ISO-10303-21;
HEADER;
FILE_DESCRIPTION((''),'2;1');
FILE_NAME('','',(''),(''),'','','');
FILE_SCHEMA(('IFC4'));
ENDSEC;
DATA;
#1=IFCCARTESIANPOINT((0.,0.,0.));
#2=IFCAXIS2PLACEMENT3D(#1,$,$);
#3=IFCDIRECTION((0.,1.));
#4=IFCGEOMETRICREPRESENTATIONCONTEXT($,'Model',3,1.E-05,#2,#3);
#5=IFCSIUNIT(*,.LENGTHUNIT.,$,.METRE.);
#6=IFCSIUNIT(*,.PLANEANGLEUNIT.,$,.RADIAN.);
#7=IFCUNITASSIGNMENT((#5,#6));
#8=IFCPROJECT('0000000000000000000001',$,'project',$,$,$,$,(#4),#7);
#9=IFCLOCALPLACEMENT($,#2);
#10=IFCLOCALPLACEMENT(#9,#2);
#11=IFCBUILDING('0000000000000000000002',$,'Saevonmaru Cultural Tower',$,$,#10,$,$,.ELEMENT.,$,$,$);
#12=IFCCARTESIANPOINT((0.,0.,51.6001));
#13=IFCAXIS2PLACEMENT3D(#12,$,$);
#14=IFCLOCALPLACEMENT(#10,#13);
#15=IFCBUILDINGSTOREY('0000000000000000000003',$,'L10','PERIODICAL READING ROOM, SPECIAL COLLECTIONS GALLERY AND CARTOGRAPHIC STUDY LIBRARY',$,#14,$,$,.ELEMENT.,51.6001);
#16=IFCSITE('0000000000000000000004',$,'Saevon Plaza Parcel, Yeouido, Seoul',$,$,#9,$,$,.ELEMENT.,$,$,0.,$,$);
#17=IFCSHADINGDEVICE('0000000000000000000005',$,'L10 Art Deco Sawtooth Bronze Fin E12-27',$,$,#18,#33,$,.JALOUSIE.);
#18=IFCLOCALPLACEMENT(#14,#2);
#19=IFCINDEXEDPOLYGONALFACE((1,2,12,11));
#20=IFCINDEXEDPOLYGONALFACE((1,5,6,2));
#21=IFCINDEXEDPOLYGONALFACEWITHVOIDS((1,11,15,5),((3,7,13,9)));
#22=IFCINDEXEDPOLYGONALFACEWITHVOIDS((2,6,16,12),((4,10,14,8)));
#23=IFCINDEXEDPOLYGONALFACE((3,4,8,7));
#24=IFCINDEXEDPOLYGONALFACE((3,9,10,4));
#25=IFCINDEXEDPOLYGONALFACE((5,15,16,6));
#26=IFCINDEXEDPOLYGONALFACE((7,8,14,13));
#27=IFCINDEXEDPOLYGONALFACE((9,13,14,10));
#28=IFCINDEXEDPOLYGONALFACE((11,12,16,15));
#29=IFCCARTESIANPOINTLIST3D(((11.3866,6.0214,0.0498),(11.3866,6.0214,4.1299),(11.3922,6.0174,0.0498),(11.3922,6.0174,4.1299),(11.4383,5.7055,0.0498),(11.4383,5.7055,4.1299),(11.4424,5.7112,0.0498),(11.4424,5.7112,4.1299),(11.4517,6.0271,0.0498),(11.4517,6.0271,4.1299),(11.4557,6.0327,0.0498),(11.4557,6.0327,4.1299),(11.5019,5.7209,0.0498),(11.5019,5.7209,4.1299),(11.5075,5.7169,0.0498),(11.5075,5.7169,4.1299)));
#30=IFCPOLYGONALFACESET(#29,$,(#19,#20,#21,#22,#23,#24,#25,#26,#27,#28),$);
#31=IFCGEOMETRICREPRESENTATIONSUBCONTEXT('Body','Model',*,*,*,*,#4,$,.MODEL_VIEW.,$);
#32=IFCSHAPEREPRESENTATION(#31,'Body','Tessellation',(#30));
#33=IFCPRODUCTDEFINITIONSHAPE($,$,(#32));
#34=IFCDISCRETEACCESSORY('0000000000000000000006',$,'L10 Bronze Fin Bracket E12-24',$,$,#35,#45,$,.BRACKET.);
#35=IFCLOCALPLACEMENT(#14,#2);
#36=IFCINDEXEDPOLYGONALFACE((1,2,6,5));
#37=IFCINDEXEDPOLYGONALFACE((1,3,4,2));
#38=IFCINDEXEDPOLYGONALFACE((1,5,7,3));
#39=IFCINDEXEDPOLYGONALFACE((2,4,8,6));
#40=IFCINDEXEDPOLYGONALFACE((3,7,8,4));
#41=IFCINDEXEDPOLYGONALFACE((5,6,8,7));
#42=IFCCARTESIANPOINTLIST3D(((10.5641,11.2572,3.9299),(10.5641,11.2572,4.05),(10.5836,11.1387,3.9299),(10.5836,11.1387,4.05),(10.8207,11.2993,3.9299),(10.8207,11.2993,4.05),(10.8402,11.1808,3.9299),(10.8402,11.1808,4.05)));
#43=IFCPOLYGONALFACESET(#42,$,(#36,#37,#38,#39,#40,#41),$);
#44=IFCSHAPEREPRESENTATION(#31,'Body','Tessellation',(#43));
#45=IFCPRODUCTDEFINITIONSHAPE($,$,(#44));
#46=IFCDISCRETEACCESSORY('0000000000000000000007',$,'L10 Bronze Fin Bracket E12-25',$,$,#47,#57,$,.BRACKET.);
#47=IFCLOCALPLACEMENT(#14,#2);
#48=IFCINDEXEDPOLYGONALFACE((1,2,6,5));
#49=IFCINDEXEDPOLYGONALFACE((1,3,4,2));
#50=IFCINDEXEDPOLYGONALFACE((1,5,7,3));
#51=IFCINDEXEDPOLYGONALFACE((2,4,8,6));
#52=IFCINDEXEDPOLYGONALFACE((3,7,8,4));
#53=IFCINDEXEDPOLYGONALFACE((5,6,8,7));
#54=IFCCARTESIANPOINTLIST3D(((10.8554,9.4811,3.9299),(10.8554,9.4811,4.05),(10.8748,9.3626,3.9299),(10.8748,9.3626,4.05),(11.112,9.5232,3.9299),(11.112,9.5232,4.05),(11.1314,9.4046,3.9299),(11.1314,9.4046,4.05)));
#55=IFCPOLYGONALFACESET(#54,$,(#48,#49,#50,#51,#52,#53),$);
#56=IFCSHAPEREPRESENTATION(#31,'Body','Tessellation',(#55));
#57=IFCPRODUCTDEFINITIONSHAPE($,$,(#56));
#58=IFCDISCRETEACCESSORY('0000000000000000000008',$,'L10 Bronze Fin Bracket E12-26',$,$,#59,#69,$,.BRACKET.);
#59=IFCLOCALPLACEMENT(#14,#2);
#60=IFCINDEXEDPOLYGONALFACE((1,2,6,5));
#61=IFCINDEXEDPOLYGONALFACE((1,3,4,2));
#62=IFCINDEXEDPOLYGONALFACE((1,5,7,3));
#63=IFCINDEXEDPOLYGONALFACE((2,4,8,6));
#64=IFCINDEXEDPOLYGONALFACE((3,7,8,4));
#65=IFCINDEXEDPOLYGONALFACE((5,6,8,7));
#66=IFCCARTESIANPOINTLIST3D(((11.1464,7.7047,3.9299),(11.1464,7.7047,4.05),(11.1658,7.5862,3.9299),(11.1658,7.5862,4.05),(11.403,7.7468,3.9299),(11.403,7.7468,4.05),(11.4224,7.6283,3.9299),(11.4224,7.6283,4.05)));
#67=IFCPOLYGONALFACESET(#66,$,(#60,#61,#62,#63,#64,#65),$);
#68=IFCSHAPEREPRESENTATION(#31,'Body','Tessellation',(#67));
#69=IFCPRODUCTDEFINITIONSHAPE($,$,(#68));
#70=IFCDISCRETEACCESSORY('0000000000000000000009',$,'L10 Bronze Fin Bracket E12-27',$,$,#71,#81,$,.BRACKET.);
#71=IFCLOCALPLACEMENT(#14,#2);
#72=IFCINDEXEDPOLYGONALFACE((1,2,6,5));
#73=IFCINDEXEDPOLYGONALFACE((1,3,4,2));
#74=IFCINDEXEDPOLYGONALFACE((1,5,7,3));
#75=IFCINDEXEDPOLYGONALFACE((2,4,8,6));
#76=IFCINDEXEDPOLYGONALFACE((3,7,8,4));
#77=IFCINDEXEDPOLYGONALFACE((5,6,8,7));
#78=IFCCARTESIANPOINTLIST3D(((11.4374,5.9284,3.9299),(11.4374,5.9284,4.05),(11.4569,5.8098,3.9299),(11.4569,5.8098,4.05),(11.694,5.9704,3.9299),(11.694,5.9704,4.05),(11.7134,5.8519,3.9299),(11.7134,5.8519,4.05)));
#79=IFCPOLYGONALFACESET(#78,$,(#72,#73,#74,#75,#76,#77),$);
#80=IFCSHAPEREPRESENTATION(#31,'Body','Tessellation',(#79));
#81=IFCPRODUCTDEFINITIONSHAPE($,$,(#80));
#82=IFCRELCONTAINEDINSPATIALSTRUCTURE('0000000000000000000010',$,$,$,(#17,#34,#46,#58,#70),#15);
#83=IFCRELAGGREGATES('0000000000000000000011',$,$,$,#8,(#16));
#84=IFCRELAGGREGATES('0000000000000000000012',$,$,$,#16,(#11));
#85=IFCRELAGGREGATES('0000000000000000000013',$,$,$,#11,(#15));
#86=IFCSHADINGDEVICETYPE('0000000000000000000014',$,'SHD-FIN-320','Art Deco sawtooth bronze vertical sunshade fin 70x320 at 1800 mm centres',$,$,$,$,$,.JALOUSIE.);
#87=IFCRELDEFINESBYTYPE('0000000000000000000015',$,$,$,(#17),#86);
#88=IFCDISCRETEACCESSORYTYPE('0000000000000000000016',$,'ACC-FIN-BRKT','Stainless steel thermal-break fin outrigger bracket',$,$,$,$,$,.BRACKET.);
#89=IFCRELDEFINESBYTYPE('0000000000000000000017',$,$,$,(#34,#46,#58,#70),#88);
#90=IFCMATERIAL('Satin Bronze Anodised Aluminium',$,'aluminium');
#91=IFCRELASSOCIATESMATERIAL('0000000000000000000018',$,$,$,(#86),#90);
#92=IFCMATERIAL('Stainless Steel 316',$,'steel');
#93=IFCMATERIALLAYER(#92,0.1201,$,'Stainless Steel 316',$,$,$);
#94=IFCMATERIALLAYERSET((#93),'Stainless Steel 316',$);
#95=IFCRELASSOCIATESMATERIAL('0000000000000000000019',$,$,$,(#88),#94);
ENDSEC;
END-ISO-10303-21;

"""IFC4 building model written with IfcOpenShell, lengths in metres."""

from ifc_helpers import new_model, si_unit, direction, frame, origin, origin_2d, place, context, subcontext, project, spatial, rectangle, hollow_rectangle, extrude, material, layer, layer_set, material_profile, profile_set, type_object, element, save


model = new_model("IFC4")

# Units and contexts
model_context = context("Model", 3, precision=1e-05, world=origin(), true_north=direction((0.0, 1.0)))
body_context = subcontext(model_context, "Body", "Model", "MODEL_VIEW")
ifc_project = project(units=[si_unit("LENGTHUNIT", "METRE"), si_unit("PLANEANGLEUNIT", "RADIAN")], contexts=[model_context])

# Site, building, storey
site_placement = place(None, origin())
site = spatial("IfcSite", under=ifc_project, at=site_placement, Name="Saevon Plaza Parcel, Yeouido, Seoul", CompositionType="ELEMENT", RefElevation=0.0)
building_placement = place(site_placement, origin())
building = spatial("IfcBuilding", under=site, at=building_placement, Name="Saevonmaru Cultural Tower", CompositionType="ELEMENT")
storey_placement = place(building_placement, frame((0.0, 0.0, 51.6001)))
storey = spatial("IfcBuildingStorey", under=building, at=storey_placement, Name="L10", Description="PERIODICAL READING ROOM, SPECIAL COLLECTIONS GALLERY AND CARTOGRAPHIC STUDY LIBRARY", CompositionType="ELEMENT", Elevation=51.6001)

# Shared definitions
ifc_material_1 = material(Name="Satin Bronze Anodised Aluminium", Category="aluminium")

# Shading device
ifc_material_profile_1 = material_profile(ifc_material_1, hollow_rectangle(XDim=0.0701, YDim=0.3201, WallThickness=0.0049, at=origin_2d()), Name="FIN-320x70")
ifc_profile_set_1 = profile_set([ifc_material_profile_1], Name="Satin Bronze Anodised Aluminium")
shading_device_type = type_object("IfcShadingDeviceType", Name="SHD-FIN-320", Description="Art Deco sawtooth bronze vertical sunshade fin 70x320 at 1800 mm centres", PredefinedType="JALOUSIE", material=ifc_profile_set_1)
for number, where, z_axis, x_axis, name in (
    (1, (11.447, 5.8691, 0.0498), (0.0, 0.0, 1.0), (-0.986827, -0.161776, 0.0), "L10 Art Deco Sawtooth Bronze Fin E12-27"),
):
    element("IfcShadingDevice", number, at=place(storey_placement, frame(where, z_axis=z_axis, x_axis=x_axis)), inside=storey, type_object=shading_device_type, Name=name, PredefinedType="JALOUSIE", context=body_context, shape_type="SweptSolid", body=[
        extrude(hollow_rectangle(XDim=0.0701, YDim=0.3201, WallThickness=0.0049, at=origin_2d()), origin(), (0.0, 0.0, 1.0), 4.0801),
    ])

# Discrete accessories
ifc_material_2 = material(Name="Stainless Steel 316", Category="steel")
ifc_layer_1 = layer(ifc_material_2, 0.1201, Name="Stainless Steel 316")
ifc_layer_set_1 = layer_set([ifc_layer_1], Name="Stainless Steel 316")
discrete_accessory_type = type_object("IfcDiscreteAccessoryType", Name="ACC-FIN-BRKT", Description="Stainless steel thermal-break fin outrigger bracket", PredefinedType="BRACKET", material=ifc_layer_set_1)
for number, where, z_axis, x_axis, name in (
    (2, (10.7021, 11.219, 3.9299), (0.0, 0.0, 1.0), (-0.986827, -0.161776, 0.0), "L10 Bronze Fin Bracket E12-24"),
    (3, (10.9934, 9.4429, 3.9299), (0.0, 0.0, 1.0), (-0.986827, -0.161776, 0.0), "L10 Bronze Fin Bracket E12-25"),
    (4, (11.2844, 7.6665, 3.9299), (0.0, 0.0, 1.0), (-0.986827, -0.161776, 0.0), "L10 Bronze Fin Bracket E12-26"),
    (5, (11.5754, 5.8901, 3.9299), (0.0, 0.0, 1.0), (-0.986827, -0.161776, 0.0), "L10 Bronze Fin Bracket E12-27"),
):
    element("IfcDiscreteAccessory", number, at=place(storey_placement, frame(where, z_axis=z_axis, x_axis=x_axis)), inside=storey, type_object=discrete_accessory_type, Name=name, PredefinedType="BRACKET", context=body_context, shape_type="SweptSolid", body=[
        extrude(rectangle(XDim=0.26, YDim=0.1201, at=origin_2d()), origin(), (0.0, 0.0, 1.0), 0.1201),
    ])

save(model, "model.ifc")
